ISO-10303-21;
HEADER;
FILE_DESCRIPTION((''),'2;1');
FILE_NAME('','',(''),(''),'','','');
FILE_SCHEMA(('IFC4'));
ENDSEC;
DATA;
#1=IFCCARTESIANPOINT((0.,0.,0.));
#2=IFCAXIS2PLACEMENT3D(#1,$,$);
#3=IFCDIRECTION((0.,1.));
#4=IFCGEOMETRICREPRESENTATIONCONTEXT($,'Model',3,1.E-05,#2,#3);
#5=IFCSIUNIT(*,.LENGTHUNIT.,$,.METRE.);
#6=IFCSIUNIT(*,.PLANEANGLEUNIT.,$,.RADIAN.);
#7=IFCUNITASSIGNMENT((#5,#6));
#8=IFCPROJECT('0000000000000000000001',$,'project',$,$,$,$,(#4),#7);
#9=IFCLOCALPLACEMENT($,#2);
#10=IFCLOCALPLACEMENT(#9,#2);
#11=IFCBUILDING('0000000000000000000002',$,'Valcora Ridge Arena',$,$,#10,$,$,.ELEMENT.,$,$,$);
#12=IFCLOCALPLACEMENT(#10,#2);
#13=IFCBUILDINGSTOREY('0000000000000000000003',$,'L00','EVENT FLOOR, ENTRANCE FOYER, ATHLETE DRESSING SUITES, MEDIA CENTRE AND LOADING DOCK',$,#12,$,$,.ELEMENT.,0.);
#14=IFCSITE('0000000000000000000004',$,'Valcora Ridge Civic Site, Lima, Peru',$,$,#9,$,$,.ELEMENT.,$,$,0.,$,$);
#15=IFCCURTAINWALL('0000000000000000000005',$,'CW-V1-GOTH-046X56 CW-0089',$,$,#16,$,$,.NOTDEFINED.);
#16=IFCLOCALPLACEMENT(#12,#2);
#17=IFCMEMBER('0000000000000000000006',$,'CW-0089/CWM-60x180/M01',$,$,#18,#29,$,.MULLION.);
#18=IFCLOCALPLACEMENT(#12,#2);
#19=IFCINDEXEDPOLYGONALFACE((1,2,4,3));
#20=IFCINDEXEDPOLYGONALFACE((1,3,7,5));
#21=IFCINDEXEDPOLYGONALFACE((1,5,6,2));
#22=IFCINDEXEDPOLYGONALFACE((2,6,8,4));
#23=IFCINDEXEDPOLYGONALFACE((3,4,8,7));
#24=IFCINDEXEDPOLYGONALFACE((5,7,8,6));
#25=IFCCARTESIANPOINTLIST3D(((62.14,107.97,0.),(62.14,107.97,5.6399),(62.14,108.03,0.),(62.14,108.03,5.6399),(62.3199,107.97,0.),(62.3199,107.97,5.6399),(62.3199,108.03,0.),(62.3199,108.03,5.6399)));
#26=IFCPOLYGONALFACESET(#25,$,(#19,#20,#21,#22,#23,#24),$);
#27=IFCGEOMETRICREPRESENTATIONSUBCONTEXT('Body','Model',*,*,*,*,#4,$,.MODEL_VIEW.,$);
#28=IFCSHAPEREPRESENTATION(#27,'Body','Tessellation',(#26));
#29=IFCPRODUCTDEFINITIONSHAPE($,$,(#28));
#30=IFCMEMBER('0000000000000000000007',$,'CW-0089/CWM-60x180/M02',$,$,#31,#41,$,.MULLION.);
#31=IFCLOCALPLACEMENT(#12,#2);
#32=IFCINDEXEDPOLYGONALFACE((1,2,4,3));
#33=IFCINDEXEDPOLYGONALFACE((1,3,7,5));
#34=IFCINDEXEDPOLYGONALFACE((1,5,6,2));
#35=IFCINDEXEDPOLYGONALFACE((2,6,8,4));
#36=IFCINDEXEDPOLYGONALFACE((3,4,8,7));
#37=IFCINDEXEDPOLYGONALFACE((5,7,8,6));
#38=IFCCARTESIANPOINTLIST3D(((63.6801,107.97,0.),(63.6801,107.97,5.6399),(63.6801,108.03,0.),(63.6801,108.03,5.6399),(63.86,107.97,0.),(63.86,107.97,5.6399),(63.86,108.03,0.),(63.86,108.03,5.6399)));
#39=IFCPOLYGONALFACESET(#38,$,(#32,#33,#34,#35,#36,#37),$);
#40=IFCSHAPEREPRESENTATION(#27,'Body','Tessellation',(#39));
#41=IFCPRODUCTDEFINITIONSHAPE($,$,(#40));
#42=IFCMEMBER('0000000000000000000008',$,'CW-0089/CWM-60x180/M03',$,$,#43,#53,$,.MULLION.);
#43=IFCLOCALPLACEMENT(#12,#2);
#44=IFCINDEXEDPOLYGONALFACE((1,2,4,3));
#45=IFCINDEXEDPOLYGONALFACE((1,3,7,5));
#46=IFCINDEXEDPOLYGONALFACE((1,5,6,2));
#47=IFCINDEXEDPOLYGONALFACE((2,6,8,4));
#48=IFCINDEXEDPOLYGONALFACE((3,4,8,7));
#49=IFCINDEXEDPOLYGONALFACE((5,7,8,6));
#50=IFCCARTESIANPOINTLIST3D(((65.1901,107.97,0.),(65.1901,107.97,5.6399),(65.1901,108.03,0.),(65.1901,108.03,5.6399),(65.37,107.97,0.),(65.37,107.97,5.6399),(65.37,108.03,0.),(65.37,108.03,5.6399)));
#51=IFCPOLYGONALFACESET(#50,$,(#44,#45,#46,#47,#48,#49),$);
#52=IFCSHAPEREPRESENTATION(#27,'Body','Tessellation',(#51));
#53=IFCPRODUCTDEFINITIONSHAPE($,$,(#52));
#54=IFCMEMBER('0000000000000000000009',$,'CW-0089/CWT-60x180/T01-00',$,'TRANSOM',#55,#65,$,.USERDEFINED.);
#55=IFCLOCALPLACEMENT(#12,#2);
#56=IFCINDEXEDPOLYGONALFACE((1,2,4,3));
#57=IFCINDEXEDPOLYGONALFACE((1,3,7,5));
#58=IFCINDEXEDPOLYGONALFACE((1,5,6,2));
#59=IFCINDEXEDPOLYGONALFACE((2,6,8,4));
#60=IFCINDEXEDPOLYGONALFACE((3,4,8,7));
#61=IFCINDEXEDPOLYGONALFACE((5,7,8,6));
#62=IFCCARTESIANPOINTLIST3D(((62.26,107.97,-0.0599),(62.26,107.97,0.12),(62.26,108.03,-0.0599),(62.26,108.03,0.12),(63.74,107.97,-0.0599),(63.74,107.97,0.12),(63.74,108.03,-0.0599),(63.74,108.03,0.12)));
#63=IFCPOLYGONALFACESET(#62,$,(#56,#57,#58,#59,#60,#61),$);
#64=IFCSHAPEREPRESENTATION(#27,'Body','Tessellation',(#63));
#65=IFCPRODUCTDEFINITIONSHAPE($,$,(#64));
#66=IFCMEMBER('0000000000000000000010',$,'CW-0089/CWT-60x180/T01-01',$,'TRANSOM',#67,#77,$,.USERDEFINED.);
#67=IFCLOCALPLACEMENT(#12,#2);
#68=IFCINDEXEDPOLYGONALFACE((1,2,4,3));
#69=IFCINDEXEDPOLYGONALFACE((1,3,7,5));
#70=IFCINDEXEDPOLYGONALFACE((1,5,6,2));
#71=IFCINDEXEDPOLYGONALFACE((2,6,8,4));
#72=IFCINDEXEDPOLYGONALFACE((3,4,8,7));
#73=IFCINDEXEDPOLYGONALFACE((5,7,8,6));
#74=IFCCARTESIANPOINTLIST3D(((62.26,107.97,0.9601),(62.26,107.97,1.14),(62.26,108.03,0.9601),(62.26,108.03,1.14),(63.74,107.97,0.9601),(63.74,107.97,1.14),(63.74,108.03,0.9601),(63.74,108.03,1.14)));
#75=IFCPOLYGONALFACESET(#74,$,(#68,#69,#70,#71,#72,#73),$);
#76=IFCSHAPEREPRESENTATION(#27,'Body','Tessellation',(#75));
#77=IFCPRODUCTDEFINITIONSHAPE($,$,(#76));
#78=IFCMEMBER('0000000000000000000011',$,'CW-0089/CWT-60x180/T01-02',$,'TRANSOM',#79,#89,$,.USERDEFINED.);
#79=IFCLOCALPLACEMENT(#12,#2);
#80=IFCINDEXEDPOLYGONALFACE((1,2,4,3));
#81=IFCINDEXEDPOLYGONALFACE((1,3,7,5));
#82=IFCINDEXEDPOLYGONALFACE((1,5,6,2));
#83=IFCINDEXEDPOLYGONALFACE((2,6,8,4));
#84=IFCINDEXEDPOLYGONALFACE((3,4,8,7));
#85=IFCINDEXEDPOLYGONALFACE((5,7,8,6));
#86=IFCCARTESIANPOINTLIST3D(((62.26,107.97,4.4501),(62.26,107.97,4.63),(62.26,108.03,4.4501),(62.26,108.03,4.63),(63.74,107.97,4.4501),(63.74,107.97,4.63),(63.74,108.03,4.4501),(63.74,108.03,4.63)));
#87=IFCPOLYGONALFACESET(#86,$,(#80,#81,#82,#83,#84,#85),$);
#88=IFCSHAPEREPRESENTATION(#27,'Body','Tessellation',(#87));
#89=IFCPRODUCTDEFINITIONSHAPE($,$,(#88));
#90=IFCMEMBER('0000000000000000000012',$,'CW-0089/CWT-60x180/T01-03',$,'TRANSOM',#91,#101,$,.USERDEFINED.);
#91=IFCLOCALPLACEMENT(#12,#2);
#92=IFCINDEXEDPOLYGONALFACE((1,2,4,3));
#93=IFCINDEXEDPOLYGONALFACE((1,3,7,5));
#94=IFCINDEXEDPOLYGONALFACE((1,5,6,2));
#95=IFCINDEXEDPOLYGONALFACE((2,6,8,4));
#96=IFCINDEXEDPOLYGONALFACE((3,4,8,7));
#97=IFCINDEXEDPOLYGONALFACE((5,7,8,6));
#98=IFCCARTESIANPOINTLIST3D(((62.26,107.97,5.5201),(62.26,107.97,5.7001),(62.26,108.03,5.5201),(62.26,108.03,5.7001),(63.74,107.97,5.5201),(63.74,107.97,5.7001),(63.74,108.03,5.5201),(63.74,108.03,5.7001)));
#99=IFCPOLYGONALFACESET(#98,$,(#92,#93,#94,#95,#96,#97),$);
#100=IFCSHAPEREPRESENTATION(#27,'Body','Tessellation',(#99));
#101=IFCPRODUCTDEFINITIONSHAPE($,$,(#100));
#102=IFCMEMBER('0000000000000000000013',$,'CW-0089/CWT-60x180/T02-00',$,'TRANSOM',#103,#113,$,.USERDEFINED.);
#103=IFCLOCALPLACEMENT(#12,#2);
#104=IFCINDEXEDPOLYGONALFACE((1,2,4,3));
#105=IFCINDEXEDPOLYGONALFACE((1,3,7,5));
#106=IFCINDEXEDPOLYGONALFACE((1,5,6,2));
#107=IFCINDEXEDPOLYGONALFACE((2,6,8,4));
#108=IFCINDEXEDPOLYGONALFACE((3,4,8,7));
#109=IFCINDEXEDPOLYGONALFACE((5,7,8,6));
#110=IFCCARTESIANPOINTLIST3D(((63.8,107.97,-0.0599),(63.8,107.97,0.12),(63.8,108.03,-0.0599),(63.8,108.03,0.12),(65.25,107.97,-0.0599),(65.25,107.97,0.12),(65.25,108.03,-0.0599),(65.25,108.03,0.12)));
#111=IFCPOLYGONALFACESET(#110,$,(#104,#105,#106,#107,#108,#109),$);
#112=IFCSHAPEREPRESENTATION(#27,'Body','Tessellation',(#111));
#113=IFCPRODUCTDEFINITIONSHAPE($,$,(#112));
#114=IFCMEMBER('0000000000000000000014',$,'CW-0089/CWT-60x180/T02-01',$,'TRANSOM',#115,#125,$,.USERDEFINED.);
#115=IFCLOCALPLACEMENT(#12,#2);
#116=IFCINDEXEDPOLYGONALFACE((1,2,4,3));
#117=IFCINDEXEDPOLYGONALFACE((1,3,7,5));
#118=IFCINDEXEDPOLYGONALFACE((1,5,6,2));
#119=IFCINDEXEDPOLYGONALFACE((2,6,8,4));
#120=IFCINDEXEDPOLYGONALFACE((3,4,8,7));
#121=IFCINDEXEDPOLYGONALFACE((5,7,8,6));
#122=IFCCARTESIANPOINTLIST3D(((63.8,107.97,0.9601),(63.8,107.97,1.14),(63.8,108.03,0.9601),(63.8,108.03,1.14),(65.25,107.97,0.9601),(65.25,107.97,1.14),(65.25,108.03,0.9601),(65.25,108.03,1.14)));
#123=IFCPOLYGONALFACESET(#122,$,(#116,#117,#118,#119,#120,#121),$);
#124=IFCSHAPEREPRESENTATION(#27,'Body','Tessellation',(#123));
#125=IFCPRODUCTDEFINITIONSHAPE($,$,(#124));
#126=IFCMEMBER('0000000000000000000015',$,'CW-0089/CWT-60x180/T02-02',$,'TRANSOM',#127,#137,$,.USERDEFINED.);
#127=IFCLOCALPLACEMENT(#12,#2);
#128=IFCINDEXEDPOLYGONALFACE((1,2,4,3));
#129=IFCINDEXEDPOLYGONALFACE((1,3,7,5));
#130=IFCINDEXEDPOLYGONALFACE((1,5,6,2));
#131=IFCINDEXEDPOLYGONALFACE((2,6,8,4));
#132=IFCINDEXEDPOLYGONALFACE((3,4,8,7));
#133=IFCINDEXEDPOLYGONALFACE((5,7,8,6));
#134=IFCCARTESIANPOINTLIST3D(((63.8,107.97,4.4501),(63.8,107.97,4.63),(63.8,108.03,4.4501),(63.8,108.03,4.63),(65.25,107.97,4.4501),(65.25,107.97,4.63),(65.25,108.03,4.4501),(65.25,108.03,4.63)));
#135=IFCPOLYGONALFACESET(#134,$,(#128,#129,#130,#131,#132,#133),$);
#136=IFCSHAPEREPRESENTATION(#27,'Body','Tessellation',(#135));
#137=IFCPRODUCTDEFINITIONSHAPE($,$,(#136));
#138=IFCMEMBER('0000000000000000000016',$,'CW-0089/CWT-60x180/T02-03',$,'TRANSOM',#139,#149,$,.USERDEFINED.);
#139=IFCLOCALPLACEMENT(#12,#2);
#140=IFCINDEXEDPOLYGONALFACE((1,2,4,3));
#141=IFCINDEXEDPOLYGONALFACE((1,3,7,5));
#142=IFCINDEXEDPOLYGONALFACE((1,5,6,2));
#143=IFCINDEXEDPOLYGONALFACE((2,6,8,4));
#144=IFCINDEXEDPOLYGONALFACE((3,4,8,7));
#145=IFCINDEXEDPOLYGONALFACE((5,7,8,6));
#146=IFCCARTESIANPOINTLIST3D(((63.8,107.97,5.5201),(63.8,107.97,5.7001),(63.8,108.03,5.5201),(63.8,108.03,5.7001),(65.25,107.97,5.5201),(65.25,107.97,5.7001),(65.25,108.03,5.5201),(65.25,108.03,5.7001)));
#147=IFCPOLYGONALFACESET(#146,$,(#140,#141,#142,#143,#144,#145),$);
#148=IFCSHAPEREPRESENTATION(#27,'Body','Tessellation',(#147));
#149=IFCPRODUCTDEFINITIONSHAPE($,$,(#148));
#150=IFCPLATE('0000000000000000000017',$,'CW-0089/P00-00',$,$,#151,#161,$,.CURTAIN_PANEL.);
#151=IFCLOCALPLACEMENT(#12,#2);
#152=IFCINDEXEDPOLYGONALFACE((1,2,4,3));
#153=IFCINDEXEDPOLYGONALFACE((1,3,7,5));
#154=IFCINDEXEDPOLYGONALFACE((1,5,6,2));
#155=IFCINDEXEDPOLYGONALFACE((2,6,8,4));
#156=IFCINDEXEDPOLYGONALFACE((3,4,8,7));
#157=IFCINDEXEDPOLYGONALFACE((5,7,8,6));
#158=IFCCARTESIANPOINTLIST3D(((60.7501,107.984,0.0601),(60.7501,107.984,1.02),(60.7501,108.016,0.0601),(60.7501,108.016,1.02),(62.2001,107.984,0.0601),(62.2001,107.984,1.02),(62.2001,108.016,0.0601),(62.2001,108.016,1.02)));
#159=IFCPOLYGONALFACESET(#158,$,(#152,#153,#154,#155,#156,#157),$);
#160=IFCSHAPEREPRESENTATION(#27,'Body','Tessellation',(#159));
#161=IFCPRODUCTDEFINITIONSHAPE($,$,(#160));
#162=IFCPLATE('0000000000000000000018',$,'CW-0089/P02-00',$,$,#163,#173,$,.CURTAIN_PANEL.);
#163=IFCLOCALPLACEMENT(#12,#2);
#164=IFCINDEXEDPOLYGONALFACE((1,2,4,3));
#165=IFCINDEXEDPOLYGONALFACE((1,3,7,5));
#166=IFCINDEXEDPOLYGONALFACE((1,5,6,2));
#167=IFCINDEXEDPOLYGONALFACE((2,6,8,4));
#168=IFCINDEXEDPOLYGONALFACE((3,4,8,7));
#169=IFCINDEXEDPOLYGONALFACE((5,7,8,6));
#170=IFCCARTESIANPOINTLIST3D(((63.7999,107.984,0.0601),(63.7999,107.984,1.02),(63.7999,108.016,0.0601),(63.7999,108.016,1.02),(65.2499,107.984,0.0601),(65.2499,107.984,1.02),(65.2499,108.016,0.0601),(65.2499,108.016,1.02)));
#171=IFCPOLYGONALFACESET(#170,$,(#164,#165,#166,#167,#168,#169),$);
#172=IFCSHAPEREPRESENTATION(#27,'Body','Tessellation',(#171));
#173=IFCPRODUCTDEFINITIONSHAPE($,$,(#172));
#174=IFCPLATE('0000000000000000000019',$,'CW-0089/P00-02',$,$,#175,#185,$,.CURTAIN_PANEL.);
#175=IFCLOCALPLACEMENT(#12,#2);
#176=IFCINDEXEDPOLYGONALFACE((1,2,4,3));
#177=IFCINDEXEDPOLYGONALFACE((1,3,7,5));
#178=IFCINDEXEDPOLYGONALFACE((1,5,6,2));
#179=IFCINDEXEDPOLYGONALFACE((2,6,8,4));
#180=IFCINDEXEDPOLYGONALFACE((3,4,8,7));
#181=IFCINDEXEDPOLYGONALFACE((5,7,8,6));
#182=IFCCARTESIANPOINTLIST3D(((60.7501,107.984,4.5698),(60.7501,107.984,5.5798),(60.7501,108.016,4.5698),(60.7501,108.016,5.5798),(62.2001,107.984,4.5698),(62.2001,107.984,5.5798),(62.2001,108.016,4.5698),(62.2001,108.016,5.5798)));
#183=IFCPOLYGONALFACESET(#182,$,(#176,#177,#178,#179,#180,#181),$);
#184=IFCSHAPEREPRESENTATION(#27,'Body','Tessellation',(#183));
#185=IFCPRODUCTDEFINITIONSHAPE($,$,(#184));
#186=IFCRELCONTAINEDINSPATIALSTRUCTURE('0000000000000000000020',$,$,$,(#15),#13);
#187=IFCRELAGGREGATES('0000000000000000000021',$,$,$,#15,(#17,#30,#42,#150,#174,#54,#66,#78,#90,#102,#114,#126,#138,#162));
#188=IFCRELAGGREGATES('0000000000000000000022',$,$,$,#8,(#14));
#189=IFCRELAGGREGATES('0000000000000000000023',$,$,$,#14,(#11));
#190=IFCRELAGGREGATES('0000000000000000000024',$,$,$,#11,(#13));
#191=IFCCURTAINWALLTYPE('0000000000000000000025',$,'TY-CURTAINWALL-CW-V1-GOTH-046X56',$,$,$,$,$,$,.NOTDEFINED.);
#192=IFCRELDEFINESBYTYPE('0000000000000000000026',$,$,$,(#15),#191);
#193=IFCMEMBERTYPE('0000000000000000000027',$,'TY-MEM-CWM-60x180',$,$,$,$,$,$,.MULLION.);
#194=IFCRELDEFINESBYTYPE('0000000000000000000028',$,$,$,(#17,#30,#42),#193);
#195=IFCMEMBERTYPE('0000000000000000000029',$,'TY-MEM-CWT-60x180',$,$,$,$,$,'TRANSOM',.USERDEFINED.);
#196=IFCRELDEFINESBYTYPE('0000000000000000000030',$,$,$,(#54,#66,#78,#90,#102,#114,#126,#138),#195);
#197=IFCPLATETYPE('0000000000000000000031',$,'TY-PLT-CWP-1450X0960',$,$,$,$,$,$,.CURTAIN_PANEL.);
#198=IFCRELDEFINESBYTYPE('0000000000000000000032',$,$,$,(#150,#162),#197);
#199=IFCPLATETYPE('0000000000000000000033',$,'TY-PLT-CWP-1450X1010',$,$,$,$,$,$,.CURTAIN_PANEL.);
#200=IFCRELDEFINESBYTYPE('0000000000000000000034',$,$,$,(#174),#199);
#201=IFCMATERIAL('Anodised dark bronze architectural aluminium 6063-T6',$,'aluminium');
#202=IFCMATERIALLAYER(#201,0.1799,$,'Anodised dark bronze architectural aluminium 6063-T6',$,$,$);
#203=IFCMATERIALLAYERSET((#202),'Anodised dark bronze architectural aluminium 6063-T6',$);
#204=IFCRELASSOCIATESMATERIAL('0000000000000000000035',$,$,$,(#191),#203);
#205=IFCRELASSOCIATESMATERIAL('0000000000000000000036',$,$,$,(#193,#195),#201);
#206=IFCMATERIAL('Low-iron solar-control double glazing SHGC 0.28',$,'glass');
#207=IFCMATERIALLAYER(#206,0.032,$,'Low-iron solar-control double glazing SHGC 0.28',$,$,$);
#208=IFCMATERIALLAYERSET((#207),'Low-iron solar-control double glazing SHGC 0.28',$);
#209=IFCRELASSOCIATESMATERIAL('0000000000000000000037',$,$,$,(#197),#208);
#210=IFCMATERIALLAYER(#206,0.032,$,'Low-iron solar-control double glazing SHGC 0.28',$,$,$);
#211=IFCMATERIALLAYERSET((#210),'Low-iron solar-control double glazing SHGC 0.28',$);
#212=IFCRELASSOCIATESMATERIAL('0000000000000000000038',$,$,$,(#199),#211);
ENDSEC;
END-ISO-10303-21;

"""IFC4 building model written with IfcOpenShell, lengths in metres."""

from ifc_helpers import new_model, si_unit, direction, frame, origin, origin_2d, place, context, subcontext, project, spatial, rectangle, extrude, material, layer, layer_set, material_profile, profile_set, type_object, element, aggregate, save


model = new_model("IFC4")

# Units and contexts
model_context = context("Model", 3, precision=1e-05, world=origin(), true_north=direction((0.0, 1.0)))
body_context = subcontext(model_context, "Body", "Model", "MODEL_VIEW")
ifc_project = project(units=[si_unit("LENGTHUNIT", "METRE"), si_unit("PLANEANGLEUNIT", "RADIAN")], contexts=[model_context])

# Site, building, storey
site_placement = place(None, origin())
site = spatial("IfcSite", under=ifc_project, at=site_placement, Name="Valcora Ridge Civic Site, Lima, Peru", CompositionType="ELEMENT", RefElevation=0.0)
building_placement = place(site_placement, origin())
building = spatial("IfcBuilding", under=site, at=building_placement, Name="Valcora Ridge Arena", CompositionType="ELEMENT")
storey_placement = place(building_placement, origin())
storey = spatial("IfcBuildingStorey", under=building, at=storey_placement, Name="L00", Description="EVENT FLOOR, ENTRANCE FOYER, ATHLETE DRESSING SUITES, MEDIA CENTRE AND LOADING DOCK", CompositionType="ELEMENT", Elevation=0.0)

# Curtain wall, members, plates
ifc_material_1 = material(Name="Anodised dark bronze architectural aluminium 6063-T6", Category="aluminium")
ifc_layer_1 = layer(ifc_material_1, 0.1799, Name="Anodised dark bronze architectural aluminium 6063-T6")
ifc_layer_set_1 = layer_set([ifc_layer_1], Name="Anodised dark bronze architectural aluminium 6063-T6")
curtain_wall_type = type_object("IfcCurtainWallType", Name="TY-CURTAINWALL-CW-V1-GOTH-046X56", PredefinedType="NOTDEFINED", material=ifc_layer_set_1)
curtain_wall_placement = place(storey_placement, origin())
curtain_wall = element("IfcCurtainWall", 1, at=curtain_wall_placement, inside=storey, type_object=curtain_wall_type, Name="CW-V1-GOTH-046X56 CW-0089", PredefinedType="NOTDEFINED")
ifc_material_profile_1 = material_profile(ifc_material_1, rectangle(XDim=0.0601, YDim=0.1799, at=origin_2d()), Name="ALU MULLION 60x180")
ifc_profile_set_1 = profile_set([ifc_material_profile_1], Name="Anodised dark bronze architectural aluminium 6063-T6")
member_type_1 = type_object("IfcMemberType", Name="TY-MEM-CWM-60x180", PredefinedType="MULLION", material=ifc_profile_set_1)
member_1_placement = place(storey_placement, frame((62.23, 108.0, 0.0), z_axis=(0.0, 0.0, 1.0), x_axis=(0.0, 1.0, 0.0)))
member_1 = element("IfcMember", 2, at=member_1_placement, type_object=member_type_1, Name="CW-0089/CWM-60x180/M01", PredefinedType="MULLION", context=body_context, shape_type="SweptSolid", body=[
    extrude(rectangle(XDim=0.0601, YDim=0.1799, at=origin_2d()), origin(), (0.0, 0.0, 1.0), 5.6399),
])
member_2_placement = place(storey_placement, frame((63.77, 108.0, 0.0), z_axis=(0.0, 0.0, 1.0), x_axis=(0.0, 1.0, 0.0)))
member_2 = element("IfcMember", 3, at=member_2_placement, type_object=member_type_1, Name="CW-0089/CWM-60x180/M02", PredefinedType="MULLION", context=body_context, shape_type="SweptSolid", body=[
    extrude(rectangle(XDim=0.0601, YDim=0.1799, at=origin_2d()), origin(), (0.0, 0.0, 1.0), 5.6399),
])
member_3_placement = place(storey_placement, frame((65.28, 108.0, 0.0), z_axis=(0.0, 0.0, 1.0), x_axis=(0.0, 1.0, 0.0)))
member_3 = element("IfcMember", 4, at=member_3_placement, type_object=member_type_1, Name="CW-0089/CWM-60x180/M03", PredefinedType="MULLION", context=body_context, shape_type="SweptSolid", body=[
    extrude(rectangle(XDim=0.0601, YDim=0.1799, at=origin_2d()), origin(), (0.0, 0.0, 1.0), 5.6399),
])
ifc_material_profile_2 = material_profile(ifc_material_1, rectangle(XDim=0.0601, YDim=0.1799, at=origin_2d()), Name="ALU TRANSOM 60x180")
ifc_profile_set_2 = profile_set([ifc_material_profile_2], Name="Anodised dark bronze architectural aluminium 6063-T6")
member_type_2 = type_object("IfcMemberType", Name="TY-MEM-CWT-60x180", ElementType="TRANSOM", PredefinedType="USERDEFINED", material=ifc_profile_set_2)
member_4_placement = place(storey_placement, frame((62.26, 108.0, 0.03), z_axis=(1.0, 0.0, 0.0), x_axis=(0.0, 1.0, 0.0)))
member_4 = element("IfcMember", 5, at=member_4_placement, type_object=member_type_2, Name="CW-0089/CWT-60x180/T01-00", ObjectType="TRANSOM", PredefinedType="USERDEFINED", context=body_context, shape_type="SweptSolid", body=[
    extrude(rectangle(XDim=0.0601, YDim=0.1799, at=origin_2d()), origin(), (0.0, 0.0, 1.0), 1.48),
])
member_5_placement = place(storey_placement, frame((62.26, 108.0, 1.05), z_axis=(1.0, 0.0, 0.0), x_axis=(0.0, 1.0, 0.0)))
member_5 = element("IfcMember", 6, at=member_5_placement, type_object=member_type_2, Name="CW-0089/CWT-60x180/T01-01", ObjectType="TRANSOM", PredefinedType="USERDEFINED", context=body_context, shape_type="SweptSolid", body=[
    extrude(rectangle(XDim=0.0601, YDim=0.1799, at=origin_2d()), origin(), (0.0, 0.0, 1.0), 1.48),
])
member_6_placement = place(storey_placement, frame((62.26, 108.0, 4.54), z_axis=(1.0, 0.0, 0.0), x_axis=(0.0, 1.0, 0.0)))
member_6 = element("IfcMember", 7, at=member_6_placement, type_object=member_type_2, Name="CW-0089/CWT-60x180/T01-02", ObjectType="TRANSOM", PredefinedType="USERDEFINED", context=body_context, shape_type="SweptSolid", body=[
    extrude(rectangle(XDim=0.0601, YDim=0.1799, at=origin_2d()), origin(), (0.0, 0.0, 1.0), 1.48),
])
member_7_placement = place(storey_placement, frame((62.26, 108.0, 5.6101), z_axis=(1.0, 0.0, 0.0), x_axis=(0.0, 1.0, 0.0)))
member_7 = element("IfcMember", 8, at=member_7_placement, type_object=member_type_2, Name="CW-0089/CWT-60x180/T01-03", ObjectType="TRANSOM", PredefinedType="USERDEFINED", context=body_context, shape_type="SweptSolid", body=[
    extrude(rectangle(XDim=0.0601, YDim=0.1799, at=origin_2d()), origin(), (0.0, 0.0, 1.0), 1.48),
])
member_8_placement = place(storey_placement, frame((63.8, 108.0, 0.03), z_axis=(1.0, 0.0, 0.0), x_axis=(0.0, 1.0, 0.0)))
member_8 = element("IfcMember", 9, at=member_8_placement, type_object=member_type_2, Name="CW-0089/CWT-60x180/T02-00", ObjectType="TRANSOM", PredefinedType="USERDEFINED", context=body_context, shape_type="SweptSolid", body=[
    extrude(rectangle(XDim=0.0601, YDim=0.1799, at=origin_2d()), origin(), (0.0, 0.0, 1.0), 1.45),
])
member_9_placement = place(storey_placement, frame((63.8, 108.0, 1.05), z_axis=(1.0, 0.0, 0.0), x_axis=(0.0, 1.0, 0.0)))
member_9 = element("IfcMember", 10, at=member_9_placement, type_object=member_type_2, Name="CW-0089/CWT-60x180/T02-01", ObjectType="TRANSOM", PredefinedType="USERDEFINED", context=body_context, shape_type="SweptSolid", body=[
    extrude(rectangle(XDim=0.0601, YDim=0.1799, at=origin_2d()), origin(), (0.0, 0.0, 1.0), 1.45),
])
member_10_placement = place(storey_placement, frame((63.8, 108.0, 4.54), z_axis=(1.0, 0.0, 0.0), x_axis=(0.0, 1.0, 0.0)))
member_10 = element("IfcMember", 11, at=member_10_placement, type_object=member_type_2, Name="CW-0089/CWT-60x180/T02-02", ObjectType="TRANSOM", PredefinedType="USERDEFINED", context=body_context, shape_type="SweptSolid", body=[
    extrude(rectangle(XDim=0.0601, YDim=0.1799, at=origin_2d()), origin(), (0.0, 0.0, 1.0), 1.45),
])
member_11_placement = place(storey_placement, frame((63.8, 108.0, 5.6101), z_axis=(1.0, 0.0, 0.0), x_axis=(0.0, 1.0, 0.0)))
member_11 = element("IfcMember", 12, at=member_11_placement, type_object=member_type_2, Name="CW-0089/CWT-60x180/T02-03", ObjectType="TRANSOM", PredefinedType="USERDEFINED", context=body_context, shape_type="SweptSolid", body=[
    extrude(rectangle(XDim=0.0601, YDim=0.1799, at=origin_2d()), origin(), (0.0, 0.0, 1.0), 1.45),
])
ifc_material_2 = material(Name="Low-iron solar-control double glazing SHGC 0.28", Category="glass")
ifc_layer_2 = layer(ifc_material_2, 0.032, Name="Low-iron solar-control double glazing SHGC 0.28")
ifc_layer_set_2 = layer_set([ifc_layer_2], Name="Low-iron solar-control double glazing SHGC 0.28")
plate_type_1 = type_object("IfcPlateType", Name="TY-PLT-CWP-1450X0960", PredefinedType="CURTAIN_PANEL", material=ifc_layer_set_2)
plate_1_placement = place(storey_placement, frame((61.4751, 108.0, 0.0601), z_axis=(0.0, 0.0, 1.0), x_axis=(1.0, 0.0, 0.0)))
plate_1 = element("IfcPlate", 13, at=plate_1_placement, type_object=plate_type_1, Name="CW-0089/P00-00", PredefinedType="CURTAIN_PANEL", context=body_context, shape_type="SweptSolid", body=[
    extrude(rectangle(XDim=1.45, YDim=0.032, at=origin_2d()), origin(), (0.0, 0.0, 1.0), 0.96),
])
plate_2_placement = place(storey_placement, frame((64.5249, 108.0, 0.0601), z_axis=(0.0, 0.0, 1.0), x_axis=(1.0, 0.0, 0.0)))
plate_2 = element("IfcPlate", 14, at=plate_2_placement, type_object=plate_type_1, Name="CW-0089/P02-00", PredefinedType="CURTAIN_PANEL", context=body_context, shape_type="SweptSolid", body=[
    extrude(rectangle(XDim=1.45, YDim=0.032, at=origin_2d()), origin(), (0.0, 0.0, 1.0), 0.96),
])
ifc_layer_3 = layer(ifc_material_2, 0.032, Name="Low-iron solar-control double glazing SHGC 0.28")
ifc_layer_set_3 = layer_set([ifc_layer_3], Name="Low-iron solar-control double glazing SHGC 0.28")
plate_type_2 = type_object("IfcPlateType", Name="TY-PLT-CWP-1450X1010", PredefinedType="CURTAIN_PANEL", material=ifc_layer_set_3)
plate_3_placement = place(storey_placement, frame((61.4751, 108.0, 4.5698), z_axis=(0.0, 0.0, 1.0), x_axis=(1.0, 0.0, 0.0)))
plate_3 = element("IfcPlate", 15, at=plate_3_placement, type_object=plate_type_2, Name="CW-0089/P00-02", PredefinedType="CURTAIN_PANEL", context=body_context, shape_type="SweptSolid", body=[
    extrude(rectangle(XDim=1.45, YDim=0.032, at=origin_2d()), origin(), (0.0, 0.0, 1.0), 1.01),
])
aggregate(curtain_wall, [member_1, member_2, member_3, plate_1, plate_3, member_4, member_5, member_6, member_7, member_8, member_9, member_10, member_11, plate_2])

save(model, "model.ifc")
